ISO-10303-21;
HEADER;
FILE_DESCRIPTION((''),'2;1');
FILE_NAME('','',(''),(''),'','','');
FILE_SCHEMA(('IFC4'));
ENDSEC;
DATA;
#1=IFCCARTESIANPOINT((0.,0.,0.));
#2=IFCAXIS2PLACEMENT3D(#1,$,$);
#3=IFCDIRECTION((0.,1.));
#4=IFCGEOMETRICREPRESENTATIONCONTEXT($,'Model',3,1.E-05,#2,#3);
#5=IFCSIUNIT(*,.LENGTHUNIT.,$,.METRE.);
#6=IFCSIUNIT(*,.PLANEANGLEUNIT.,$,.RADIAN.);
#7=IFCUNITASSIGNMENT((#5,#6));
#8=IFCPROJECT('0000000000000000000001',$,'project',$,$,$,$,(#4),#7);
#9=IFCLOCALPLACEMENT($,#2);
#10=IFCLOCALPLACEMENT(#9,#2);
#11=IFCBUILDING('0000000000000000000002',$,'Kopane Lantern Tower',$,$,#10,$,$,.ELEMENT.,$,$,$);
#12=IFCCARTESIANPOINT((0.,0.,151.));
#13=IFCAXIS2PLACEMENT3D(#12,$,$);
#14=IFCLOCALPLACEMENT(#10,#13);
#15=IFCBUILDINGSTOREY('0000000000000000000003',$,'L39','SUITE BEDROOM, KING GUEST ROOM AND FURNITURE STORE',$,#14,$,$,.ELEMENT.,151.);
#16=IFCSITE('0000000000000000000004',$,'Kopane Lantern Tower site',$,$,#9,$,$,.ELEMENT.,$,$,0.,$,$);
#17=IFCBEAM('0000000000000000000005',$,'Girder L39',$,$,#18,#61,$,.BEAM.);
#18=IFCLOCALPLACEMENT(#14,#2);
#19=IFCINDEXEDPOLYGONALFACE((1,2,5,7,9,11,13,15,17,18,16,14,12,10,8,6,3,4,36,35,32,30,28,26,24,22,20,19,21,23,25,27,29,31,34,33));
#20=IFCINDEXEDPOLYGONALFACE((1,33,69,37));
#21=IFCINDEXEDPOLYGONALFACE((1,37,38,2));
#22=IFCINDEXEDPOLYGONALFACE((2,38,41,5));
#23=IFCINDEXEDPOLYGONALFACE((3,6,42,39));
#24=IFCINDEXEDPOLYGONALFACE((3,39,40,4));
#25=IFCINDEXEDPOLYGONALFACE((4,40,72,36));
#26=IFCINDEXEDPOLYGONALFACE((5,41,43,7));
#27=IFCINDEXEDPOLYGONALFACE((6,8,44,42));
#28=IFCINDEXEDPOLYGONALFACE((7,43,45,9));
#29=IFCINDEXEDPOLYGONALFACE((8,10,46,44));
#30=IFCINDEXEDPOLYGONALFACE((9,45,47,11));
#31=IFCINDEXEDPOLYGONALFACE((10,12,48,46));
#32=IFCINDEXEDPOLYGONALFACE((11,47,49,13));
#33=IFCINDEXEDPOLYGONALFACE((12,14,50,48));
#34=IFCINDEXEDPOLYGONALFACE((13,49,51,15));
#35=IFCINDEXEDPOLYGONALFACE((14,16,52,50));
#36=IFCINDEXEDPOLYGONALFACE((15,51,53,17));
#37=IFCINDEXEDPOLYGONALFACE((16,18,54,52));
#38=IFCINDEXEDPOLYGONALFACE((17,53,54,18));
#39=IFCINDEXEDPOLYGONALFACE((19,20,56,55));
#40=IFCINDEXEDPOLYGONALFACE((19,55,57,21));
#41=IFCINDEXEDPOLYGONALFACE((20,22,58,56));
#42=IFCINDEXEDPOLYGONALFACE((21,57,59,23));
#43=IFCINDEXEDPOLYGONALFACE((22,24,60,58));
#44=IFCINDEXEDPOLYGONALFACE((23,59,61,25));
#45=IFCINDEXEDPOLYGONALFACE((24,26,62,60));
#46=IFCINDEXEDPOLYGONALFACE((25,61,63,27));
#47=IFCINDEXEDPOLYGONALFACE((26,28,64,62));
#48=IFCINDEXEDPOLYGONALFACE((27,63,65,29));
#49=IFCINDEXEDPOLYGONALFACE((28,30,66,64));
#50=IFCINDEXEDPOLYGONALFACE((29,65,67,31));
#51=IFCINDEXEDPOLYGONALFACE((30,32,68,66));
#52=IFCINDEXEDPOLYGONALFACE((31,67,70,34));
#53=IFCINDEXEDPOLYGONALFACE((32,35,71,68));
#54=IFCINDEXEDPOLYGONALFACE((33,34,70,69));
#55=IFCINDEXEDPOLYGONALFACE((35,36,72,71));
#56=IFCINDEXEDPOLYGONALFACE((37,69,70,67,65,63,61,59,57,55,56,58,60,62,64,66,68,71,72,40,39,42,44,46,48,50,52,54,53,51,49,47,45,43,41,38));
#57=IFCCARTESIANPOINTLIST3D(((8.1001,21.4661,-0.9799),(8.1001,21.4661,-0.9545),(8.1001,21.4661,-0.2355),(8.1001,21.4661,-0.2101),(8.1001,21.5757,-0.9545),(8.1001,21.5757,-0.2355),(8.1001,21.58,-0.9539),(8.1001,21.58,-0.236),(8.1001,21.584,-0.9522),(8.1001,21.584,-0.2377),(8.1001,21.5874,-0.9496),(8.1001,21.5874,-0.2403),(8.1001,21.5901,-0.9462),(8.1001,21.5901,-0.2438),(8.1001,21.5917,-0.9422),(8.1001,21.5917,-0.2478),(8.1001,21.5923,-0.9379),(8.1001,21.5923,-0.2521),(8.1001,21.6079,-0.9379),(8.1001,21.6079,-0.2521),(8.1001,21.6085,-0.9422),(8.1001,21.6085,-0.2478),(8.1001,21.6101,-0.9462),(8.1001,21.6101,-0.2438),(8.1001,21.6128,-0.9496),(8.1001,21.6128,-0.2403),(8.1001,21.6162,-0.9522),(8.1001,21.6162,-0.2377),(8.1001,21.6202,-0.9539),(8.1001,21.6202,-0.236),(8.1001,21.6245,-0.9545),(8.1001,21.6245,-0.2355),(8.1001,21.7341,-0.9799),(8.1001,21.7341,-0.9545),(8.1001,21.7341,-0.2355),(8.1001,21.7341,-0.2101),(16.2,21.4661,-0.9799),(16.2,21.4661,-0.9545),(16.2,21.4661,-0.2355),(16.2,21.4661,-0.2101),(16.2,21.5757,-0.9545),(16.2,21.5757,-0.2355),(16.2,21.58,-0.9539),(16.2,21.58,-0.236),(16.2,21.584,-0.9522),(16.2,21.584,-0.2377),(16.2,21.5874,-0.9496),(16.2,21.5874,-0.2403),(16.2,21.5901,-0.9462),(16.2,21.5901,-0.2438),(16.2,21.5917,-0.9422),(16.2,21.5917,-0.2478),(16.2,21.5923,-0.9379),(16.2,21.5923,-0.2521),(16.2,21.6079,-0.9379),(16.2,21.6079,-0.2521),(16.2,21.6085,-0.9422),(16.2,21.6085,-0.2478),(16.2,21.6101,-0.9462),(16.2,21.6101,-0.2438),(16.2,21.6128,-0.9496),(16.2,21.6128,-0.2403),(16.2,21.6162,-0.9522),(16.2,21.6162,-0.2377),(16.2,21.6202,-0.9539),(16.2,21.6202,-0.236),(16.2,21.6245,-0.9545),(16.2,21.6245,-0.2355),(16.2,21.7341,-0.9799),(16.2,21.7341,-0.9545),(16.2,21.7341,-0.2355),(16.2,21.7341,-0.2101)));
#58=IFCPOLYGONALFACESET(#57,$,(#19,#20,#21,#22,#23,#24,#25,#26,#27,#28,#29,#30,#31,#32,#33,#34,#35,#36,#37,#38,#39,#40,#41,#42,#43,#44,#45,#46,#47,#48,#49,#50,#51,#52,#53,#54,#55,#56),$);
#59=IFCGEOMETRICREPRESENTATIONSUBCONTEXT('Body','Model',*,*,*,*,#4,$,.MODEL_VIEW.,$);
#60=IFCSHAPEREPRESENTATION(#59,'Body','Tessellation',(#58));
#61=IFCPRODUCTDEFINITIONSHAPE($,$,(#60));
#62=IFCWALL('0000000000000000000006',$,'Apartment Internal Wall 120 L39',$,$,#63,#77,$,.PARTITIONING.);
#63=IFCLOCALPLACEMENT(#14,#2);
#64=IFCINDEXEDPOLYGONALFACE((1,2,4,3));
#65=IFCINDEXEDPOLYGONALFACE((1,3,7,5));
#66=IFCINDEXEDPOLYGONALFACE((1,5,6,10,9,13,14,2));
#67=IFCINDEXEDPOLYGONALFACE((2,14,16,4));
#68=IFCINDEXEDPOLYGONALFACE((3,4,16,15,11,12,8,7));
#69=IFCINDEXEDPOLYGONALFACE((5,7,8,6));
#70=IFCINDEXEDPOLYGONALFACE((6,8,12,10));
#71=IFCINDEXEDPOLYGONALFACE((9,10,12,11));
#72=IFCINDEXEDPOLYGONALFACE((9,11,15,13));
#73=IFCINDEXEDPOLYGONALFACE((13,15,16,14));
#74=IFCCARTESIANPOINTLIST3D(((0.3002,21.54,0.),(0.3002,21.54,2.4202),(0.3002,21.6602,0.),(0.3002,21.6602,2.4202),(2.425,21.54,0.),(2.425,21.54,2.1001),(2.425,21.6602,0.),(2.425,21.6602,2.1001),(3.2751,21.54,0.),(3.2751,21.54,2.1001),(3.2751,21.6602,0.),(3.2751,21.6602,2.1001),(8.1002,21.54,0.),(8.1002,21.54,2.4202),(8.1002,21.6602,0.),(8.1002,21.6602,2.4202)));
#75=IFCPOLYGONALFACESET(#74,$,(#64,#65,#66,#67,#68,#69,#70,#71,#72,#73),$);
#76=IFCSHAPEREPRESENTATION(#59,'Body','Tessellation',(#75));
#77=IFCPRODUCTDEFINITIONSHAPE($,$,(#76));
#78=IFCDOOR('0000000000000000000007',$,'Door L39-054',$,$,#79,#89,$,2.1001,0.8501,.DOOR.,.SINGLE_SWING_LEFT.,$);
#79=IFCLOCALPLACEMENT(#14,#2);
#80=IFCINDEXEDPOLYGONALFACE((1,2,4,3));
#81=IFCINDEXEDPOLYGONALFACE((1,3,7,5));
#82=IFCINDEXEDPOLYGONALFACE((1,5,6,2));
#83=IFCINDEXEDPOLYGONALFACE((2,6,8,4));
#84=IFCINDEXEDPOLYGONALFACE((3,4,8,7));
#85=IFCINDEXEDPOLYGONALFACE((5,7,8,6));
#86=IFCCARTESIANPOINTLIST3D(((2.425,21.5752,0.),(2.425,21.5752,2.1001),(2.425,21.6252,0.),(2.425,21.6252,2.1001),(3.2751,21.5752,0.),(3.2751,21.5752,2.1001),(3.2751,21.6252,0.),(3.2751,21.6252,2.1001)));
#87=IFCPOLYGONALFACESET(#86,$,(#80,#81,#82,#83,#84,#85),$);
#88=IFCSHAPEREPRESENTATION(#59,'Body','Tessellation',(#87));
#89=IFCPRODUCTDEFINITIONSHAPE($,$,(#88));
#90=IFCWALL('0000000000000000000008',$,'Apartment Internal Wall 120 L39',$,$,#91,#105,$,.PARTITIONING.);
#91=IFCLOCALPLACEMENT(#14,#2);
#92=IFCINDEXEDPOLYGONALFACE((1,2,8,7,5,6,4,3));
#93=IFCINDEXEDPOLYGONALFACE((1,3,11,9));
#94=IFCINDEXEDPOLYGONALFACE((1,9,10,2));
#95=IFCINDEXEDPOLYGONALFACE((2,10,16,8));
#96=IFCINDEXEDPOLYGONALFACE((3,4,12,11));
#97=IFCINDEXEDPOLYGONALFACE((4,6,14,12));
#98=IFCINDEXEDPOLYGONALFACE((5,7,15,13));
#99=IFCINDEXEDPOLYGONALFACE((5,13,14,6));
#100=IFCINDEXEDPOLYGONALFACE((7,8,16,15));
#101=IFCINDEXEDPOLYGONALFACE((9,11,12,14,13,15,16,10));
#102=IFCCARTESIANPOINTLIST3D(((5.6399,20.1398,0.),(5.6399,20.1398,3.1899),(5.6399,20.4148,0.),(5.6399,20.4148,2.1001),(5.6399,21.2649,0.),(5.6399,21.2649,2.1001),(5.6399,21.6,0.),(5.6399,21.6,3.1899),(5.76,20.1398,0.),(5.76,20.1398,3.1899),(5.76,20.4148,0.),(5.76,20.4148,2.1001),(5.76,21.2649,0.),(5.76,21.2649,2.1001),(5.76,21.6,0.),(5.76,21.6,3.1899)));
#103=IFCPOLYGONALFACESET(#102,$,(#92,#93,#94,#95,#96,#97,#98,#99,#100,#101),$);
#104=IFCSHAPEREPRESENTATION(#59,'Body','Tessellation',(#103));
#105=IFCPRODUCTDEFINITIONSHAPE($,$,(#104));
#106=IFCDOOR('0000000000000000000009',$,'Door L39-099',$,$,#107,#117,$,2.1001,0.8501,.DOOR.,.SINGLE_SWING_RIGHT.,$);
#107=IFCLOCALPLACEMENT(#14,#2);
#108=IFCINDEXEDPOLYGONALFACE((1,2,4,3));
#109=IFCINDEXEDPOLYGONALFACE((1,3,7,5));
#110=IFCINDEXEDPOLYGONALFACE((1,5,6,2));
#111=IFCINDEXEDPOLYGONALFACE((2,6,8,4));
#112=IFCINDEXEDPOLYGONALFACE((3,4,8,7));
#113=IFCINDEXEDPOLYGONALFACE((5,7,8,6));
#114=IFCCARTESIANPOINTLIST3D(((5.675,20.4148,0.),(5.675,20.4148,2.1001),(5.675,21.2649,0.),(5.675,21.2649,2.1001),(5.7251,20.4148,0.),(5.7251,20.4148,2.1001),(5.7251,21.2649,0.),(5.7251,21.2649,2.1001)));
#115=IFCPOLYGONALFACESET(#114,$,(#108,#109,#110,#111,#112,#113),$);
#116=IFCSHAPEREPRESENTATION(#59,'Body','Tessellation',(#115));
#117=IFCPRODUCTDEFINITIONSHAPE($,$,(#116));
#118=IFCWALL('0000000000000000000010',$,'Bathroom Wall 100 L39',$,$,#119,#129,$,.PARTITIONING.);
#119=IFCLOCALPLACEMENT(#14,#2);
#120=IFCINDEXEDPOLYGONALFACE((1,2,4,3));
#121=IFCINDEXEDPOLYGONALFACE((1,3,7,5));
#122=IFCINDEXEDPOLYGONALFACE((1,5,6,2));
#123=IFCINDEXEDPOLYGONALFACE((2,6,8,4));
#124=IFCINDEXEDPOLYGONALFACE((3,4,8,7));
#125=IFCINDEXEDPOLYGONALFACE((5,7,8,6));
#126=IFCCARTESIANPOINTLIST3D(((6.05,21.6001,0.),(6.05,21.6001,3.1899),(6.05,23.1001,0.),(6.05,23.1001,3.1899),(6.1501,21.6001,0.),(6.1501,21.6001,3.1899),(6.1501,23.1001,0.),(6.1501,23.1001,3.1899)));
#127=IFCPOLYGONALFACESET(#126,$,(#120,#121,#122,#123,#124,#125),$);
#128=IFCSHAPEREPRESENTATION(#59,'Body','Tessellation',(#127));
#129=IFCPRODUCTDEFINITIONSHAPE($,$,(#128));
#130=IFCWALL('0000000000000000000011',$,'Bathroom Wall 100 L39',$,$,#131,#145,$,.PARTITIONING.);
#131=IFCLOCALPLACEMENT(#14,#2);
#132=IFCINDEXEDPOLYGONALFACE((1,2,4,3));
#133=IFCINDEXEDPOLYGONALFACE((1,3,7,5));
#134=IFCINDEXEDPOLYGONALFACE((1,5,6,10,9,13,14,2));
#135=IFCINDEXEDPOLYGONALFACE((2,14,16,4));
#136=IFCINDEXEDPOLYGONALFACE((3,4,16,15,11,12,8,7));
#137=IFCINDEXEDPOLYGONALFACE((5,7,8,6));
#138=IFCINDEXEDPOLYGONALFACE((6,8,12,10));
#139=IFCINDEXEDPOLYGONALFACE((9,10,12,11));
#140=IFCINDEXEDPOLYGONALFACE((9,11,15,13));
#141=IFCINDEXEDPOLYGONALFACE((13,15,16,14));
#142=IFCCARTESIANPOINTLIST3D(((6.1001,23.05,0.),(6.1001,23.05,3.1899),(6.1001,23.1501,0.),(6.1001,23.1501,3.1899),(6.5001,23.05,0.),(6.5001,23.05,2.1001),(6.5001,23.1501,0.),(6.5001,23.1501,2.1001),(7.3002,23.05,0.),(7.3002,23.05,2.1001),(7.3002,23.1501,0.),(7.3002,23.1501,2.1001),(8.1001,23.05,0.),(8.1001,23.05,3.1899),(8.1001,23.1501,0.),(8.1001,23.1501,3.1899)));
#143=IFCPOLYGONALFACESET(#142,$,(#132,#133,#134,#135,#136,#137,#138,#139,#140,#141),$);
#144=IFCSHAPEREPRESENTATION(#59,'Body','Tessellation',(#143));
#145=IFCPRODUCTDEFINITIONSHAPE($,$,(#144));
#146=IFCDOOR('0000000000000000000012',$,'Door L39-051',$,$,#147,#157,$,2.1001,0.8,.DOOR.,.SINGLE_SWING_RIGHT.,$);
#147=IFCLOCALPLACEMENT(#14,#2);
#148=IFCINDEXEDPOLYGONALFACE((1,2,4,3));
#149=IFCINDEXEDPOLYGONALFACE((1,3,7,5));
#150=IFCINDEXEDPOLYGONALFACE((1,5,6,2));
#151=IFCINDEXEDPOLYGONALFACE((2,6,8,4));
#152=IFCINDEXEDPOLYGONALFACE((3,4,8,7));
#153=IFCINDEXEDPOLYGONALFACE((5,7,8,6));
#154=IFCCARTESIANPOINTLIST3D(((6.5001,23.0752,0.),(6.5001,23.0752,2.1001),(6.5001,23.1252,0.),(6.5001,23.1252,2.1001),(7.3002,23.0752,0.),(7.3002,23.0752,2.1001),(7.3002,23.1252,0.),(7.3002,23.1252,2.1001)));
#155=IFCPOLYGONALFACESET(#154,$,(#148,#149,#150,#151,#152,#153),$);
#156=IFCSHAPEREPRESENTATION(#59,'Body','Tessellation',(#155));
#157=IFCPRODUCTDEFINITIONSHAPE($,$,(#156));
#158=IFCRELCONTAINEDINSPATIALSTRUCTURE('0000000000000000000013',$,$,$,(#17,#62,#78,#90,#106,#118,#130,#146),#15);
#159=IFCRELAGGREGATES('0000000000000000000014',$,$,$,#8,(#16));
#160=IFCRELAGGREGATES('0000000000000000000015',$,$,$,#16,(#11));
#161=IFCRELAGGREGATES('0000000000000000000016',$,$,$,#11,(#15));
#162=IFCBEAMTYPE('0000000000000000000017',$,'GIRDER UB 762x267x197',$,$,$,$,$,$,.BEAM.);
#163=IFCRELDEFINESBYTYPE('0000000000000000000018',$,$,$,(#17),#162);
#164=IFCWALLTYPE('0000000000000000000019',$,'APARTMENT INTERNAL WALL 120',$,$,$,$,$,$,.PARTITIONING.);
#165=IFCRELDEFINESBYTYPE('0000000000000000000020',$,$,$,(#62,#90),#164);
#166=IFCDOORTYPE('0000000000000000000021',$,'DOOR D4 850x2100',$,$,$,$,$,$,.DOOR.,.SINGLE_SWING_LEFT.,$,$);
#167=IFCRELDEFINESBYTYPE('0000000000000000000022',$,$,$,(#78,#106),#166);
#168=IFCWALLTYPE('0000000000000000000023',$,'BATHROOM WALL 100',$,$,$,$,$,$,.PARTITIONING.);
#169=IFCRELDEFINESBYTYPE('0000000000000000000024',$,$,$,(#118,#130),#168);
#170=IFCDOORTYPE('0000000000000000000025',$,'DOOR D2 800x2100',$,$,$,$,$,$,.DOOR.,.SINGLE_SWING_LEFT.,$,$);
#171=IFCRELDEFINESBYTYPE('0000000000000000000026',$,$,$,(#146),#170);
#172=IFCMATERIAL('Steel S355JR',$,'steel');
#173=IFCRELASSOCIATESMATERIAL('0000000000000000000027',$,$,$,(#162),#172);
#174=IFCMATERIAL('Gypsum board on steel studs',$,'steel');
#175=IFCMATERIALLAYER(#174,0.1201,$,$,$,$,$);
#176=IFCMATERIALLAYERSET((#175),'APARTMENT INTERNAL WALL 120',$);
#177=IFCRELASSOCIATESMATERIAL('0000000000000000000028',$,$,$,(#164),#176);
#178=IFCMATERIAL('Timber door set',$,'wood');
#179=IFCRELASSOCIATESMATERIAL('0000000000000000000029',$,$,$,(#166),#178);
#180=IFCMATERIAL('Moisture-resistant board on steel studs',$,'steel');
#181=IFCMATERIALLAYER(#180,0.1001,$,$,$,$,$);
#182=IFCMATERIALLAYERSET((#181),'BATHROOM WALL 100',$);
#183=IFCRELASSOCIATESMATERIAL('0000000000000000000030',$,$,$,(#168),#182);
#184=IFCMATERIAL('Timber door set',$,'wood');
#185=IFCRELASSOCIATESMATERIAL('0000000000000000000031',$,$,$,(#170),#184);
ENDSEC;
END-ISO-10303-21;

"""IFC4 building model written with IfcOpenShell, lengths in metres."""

from ifc_helpers import new_model, si_unit, direction, frame, frame_2d, origin, origin_2d, place, context, subcontext, project, spatial, rectangle, i_section, extrude, material, layer, layer_set, material_profile, profile_set, type_object, element, fill, save


model = new_model("IFC4")

# Units and contexts
model_context = context("Model", 3, precision=1e-05, world=origin(), true_north=direction((0.0, 1.0)))
body_context = subcontext(model_context, "Body", "Model", "MODEL_VIEW")
ifc_project = project(units=[si_unit("LENGTHUNIT", "METRE"), si_unit("PLANEANGLEUNIT", "RADIAN")], contexts=[model_context])

# Site, building, storey
site_placement = place(None, origin())
site = spatial("IfcSite", under=ifc_project, at=site_placement, Name="Kopane Lantern Tower site", CompositionType="ELEMENT", RefElevation=0.0)
building_placement = place(site_placement, origin())
building = spatial("IfcBuilding", under=site, at=building_placement, Name="Kopane Lantern Tower", CompositionType="ELEMENT")
storey_placement = place(building_placement, frame((0.0, 0.0, 151.0)))
storey = spatial("IfcBuildingStorey", under=building, at=storey_placement, Name="L39", Description="SUITE BEDROOM, KING GUEST ROOM AND FURNITURE STORE", CompositionType="ELEMENT", Elevation=151.0)

# Beam
ifc_material_1 = material(Name="Steel S355JR", Category="steel")
ifc_material_profile_1 = material_profile(ifc_material_1, i_section(OverallWidth=0.2681, OverallDepth=0.7698, WebThickness=0.0156, FlangeThickness=0.0254, FilletRadius=0.0166, at=origin_2d()), Name="UB 762x267x197")
ifc_profile_set_1 = profile_set([ifc_material_profile_1], Name="Steel S355JR")
beam_type = type_object("IfcBeamType", Name="GIRDER UB 762x267x197", PredefinedType="BEAM", material=ifc_profile_set_1)
for number, where, z_axis, x_axis, name in (
    (1, (8.1001, 21.6001, -0.595), (1.0, 0.0, 0.0), (0.0, 1.0, 0.0), "Girder L39"),
):
    element("IfcBeam", number, at=place(storey_placement, frame(where, z_axis=z_axis, x_axis=x_axis)), inside=storey, type_object=beam_type, Name=name, PredefinedType="BEAM", context=body_context, shape_type="SweptSolid", body=[
        extrude(i_section(OverallWidth=0.2681, OverallDepth=0.7698, WebThickness=0.0156, FlangeThickness=0.0254, FilletRadius=0.0166, at=origin_2d()), origin(), (0.0, 0.0, 1.0), 8.0999),
    ])

# Walls, openings, doors
ifc_material_2 = material(Name="Gypsum board on steel studs", Category="steel")
ifc_layer_1 = layer(ifc_material_2, 0.1201)
ifc_layer_set_1 = layer_set([ifc_layer_1], Name="APARTMENT INTERNAL WALL 120")
wall_type_1 = type_object("IfcWallType", Name="APARTMENT INTERNAL WALL 120", PredefinedType="PARTITIONING", material=ifc_layer_set_1)
wall_1_placement = place(storey_placement, frame((8.1001, 21.6001, 0.0), z_axis=(0.0, 0.0, 1.0), x_axis=(-1.0, 0.0, 0.0)))
wall_1 = element("IfcWall", 2, at=wall_1_placement, inside=storey, type_object=wall_type_1, Name="Apartment Internal Wall 120 L39", PredefinedType="PARTITIONING", context=body_context, shape_type="SweptSolid", body=[
    extrude(rectangle(XDim=7.8, YDim=0.1201, at=frame_2d((3.8999, 0.0))), origin(), (0.0, 0.0, 1.0), 2.4202),
])
opening_1_placement = place(wall_1_placement, frame((4.825, 0.0, 0.0)))
opening_1 = element("IfcOpeningElement", 3, at=opening_1_placement, cuts=wall_1, PredefinedType="OPENING", context=body_context, shape_type="SweptSolid", body=[
    extrude(rectangle(XDim=0.8501, YDim=2.1001, at=frame_2d((0.425, 1.05))), frame((0.0, 0.0701, 0.0), z_axis=(0.0, -1.0, 0.0), x_axis=(1.0, 0.0, 0.0)), (0.0, 0.0, 1.0), 0.1401),
])
ifc_material_3 = material(Name="Timber door set", Category="wood")
door_type_1 = type_object("IfcDoorType", Name="DOOR D4 850x2100", OperationType="SINGLE_SWING_LEFT", PredefinedType="DOOR", material=ifc_material_3)
door_1_placement = place(opening_1_placement, origin())
door_1 = element("IfcDoor", 4, at=door_1_placement, inside=storey, type_object=door_type_1, Name="Door L39-054", OperationType="SINGLE_SWING_LEFT", OverallHeight=2.1001, OverallWidth=0.8501, PredefinedType="DOOR", context=body_context, shape_type="SweptSolid", body=[
    extrude(rectangle(XDim=0.8501, YDim=2.1001, at=frame_2d((0.425, 1.05))), frame((0.0, 0.0249, 0.0), z_axis=(0.0, -1.0, 0.0), x_axis=(1.0, 0.0, 0.0)), (0.0, 0.0, 1.0), 0.05),
])
fill(opening_1, door_1)
wall_2_placement = place(storey_placement, frame((5.7, 20.1399, 0.0), z_axis=(0.0, 0.0, 1.0), x_axis=(0.0, 1.0, 0.0)))
wall_2 = element("IfcWall", 5, at=wall_2_placement, inside=storey, type_object=wall_type_1, Name="Apartment Internal Wall 120 L39", PredefinedType="PARTITIONING", context=body_context, shape_type="SweptSolid", body=[
    extrude(rectangle(XDim=1.4602, YDim=0.1201, at=frame_2d((0.73, 0.0))), origin(), (0.0, 0.0, 1.0), 3.1899),
])
opening_2_placement = place(wall_2_placement, frame((0.2749, 0.0, 0.0)))
opening_2 = element("IfcOpeningElement", 6, at=opening_2_placement, cuts=wall_2, PredefinedType="OPENING", context=body_context, shape_type="SweptSolid", body=[
    extrude(rectangle(XDim=0.8501, YDim=2.1001, at=frame_2d((0.425, 1.05))), frame((0.0, 0.0701, 0.0), z_axis=(0.0, -1.0, 0.0), x_axis=(1.0, 0.0, 0.0)), (0.0, 0.0, 1.0), 0.1401),
])
door_2_placement = place(opening_2_placement, origin())
door_2 = element("IfcDoor", 7, at=door_2_placement, inside=storey, type_object=door_type_1, Name="Door L39-099", OperationType="SINGLE_SWING_RIGHT", OverallHeight=2.1001, OverallWidth=0.8501, PredefinedType="DOOR", context=body_context, shape_type="SweptSolid", body=[
    extrude(rectangle(XDim=0.8501, YDim=2.1001, at=frame_2d((0.425, 1.05))), frame((0.0, 0.0249, 0.0), z_axis=(0.0, -1.0, 0.0), x_axis=(1.0, 0.0, 0.0)), (0.0, 0.0, 1.0), 0.05),
])
fill(opening_2, door_2)

# Wall
ifc_material_4 = material(Name="Moisture-resistant board on steel studs", Category="steel")
ifc_layer_2 = layer(ifc_material_4, 0.1001)
ifc_layer_set_2 = layer_set([ifc_layer_2], Name="BATHROOM WALL 100")
wall_type_2 = type_object("IfcWallType", Name="BATHROOM WALL 100", PredefinedType="PARTITIONING", material=ifc_layer_set_2)
wall_3_placement = place(storey_placement, frame((6.1001, 21.6001, 0.0), z_axis=(0.0, 0.0, 1.0), x_axis=(0.0, 1.0, 0.0)))
element("IfcWall", 8, at=wall_3_placement, inside=storey, type_object=wall_type_2, Name="Bathroom Wall 100 L39", PredefinedType="PARTITIONING", context=body_context, shape_type="SweptSolid", body=[
    extrude(rectangle(XDim=1.5, YDim=0.1001, at=frame_2d((0.75, 0.0))), origin(), (0.0, 0.0, 1.0), 3.1899),
])

# Wall, opening, door
wall_4_placement = place(storey_placement, frame((8.1001, 23.1001, 0.0), z_axis=(0.0, 0.0, 1.0), x_axis=(-1.0, 0.0, 0.0)))
wall_4 = element("IfcWall", 9, at=wall_4_placement, inside=storey, type_object=wall_type_2, Name="Bathroom Wall 100 L39", PredefinedType="PARTITIONING", context=body_context, shape_type="SweptSolid", body=[
    extrude(rectangle(XDim=2.0, YDim=0.1001, at=frame_2d((1.0, 0.0))), origin(), (0.0, 0.0, 1.0), 3.1899),
])
opening_3_placement = place(wall_4_placement, frame((0.8, 0.0, 0.0)))
opening_3 = element("IfcOpeningElement", 10, at=opening_3_placement, cuts=wall_4, PredefinedType="OPENING", context=body_context, shape_type="SweptSolid", body=[
    extrude(rectangle(XDim=0.8, YDim=2.1001, at=frame_2d((0.3999, 1.05))), frame((0.0, 0.0601, 0.0), z_axis=(0.0, -1.0, 0.0), x_axis=(1.0, 0.0, 0.0)), (0.0, 0.0, 1.0), 0.1201),
])
ifc_material_5 = material(Name="Timber door set", Category="wood")
door_type_2 = type_object("IfcDoorType", Name="DOOR D2 800x2100", OperationType="SINGLE_SWING_LEFT", PredefinedType="DOOR", material=ifc_material_5)
door_3_placement = place(opening_3_placement, origin())
door_3 = element("IfcDoor", 11, at=door_3_placement, inside=storey, type_object=door_type_2, Name="Door L39-051", OperationType="SINGLE_SWING_RIGHT", OverallHeight=2.1001, OverallWidth=0.8, PredefinedType="DOOR", context=body_context, shape_type="SweptSolid", body=[
    extrude(rectangle(XDim=0.8, YDim=2.1001, at=frame_2d((0.3999, 1.05))), frame((0.0, 0.0249, 0.0), z_axis=(0.0, -1.0, 0.0), x_axis=(1.0, 0.0, 0.0)), (0.0, 0.0, 1.0), 0.05),
])
fill(opening_3, door_3)

save(model, "model.ifc")
